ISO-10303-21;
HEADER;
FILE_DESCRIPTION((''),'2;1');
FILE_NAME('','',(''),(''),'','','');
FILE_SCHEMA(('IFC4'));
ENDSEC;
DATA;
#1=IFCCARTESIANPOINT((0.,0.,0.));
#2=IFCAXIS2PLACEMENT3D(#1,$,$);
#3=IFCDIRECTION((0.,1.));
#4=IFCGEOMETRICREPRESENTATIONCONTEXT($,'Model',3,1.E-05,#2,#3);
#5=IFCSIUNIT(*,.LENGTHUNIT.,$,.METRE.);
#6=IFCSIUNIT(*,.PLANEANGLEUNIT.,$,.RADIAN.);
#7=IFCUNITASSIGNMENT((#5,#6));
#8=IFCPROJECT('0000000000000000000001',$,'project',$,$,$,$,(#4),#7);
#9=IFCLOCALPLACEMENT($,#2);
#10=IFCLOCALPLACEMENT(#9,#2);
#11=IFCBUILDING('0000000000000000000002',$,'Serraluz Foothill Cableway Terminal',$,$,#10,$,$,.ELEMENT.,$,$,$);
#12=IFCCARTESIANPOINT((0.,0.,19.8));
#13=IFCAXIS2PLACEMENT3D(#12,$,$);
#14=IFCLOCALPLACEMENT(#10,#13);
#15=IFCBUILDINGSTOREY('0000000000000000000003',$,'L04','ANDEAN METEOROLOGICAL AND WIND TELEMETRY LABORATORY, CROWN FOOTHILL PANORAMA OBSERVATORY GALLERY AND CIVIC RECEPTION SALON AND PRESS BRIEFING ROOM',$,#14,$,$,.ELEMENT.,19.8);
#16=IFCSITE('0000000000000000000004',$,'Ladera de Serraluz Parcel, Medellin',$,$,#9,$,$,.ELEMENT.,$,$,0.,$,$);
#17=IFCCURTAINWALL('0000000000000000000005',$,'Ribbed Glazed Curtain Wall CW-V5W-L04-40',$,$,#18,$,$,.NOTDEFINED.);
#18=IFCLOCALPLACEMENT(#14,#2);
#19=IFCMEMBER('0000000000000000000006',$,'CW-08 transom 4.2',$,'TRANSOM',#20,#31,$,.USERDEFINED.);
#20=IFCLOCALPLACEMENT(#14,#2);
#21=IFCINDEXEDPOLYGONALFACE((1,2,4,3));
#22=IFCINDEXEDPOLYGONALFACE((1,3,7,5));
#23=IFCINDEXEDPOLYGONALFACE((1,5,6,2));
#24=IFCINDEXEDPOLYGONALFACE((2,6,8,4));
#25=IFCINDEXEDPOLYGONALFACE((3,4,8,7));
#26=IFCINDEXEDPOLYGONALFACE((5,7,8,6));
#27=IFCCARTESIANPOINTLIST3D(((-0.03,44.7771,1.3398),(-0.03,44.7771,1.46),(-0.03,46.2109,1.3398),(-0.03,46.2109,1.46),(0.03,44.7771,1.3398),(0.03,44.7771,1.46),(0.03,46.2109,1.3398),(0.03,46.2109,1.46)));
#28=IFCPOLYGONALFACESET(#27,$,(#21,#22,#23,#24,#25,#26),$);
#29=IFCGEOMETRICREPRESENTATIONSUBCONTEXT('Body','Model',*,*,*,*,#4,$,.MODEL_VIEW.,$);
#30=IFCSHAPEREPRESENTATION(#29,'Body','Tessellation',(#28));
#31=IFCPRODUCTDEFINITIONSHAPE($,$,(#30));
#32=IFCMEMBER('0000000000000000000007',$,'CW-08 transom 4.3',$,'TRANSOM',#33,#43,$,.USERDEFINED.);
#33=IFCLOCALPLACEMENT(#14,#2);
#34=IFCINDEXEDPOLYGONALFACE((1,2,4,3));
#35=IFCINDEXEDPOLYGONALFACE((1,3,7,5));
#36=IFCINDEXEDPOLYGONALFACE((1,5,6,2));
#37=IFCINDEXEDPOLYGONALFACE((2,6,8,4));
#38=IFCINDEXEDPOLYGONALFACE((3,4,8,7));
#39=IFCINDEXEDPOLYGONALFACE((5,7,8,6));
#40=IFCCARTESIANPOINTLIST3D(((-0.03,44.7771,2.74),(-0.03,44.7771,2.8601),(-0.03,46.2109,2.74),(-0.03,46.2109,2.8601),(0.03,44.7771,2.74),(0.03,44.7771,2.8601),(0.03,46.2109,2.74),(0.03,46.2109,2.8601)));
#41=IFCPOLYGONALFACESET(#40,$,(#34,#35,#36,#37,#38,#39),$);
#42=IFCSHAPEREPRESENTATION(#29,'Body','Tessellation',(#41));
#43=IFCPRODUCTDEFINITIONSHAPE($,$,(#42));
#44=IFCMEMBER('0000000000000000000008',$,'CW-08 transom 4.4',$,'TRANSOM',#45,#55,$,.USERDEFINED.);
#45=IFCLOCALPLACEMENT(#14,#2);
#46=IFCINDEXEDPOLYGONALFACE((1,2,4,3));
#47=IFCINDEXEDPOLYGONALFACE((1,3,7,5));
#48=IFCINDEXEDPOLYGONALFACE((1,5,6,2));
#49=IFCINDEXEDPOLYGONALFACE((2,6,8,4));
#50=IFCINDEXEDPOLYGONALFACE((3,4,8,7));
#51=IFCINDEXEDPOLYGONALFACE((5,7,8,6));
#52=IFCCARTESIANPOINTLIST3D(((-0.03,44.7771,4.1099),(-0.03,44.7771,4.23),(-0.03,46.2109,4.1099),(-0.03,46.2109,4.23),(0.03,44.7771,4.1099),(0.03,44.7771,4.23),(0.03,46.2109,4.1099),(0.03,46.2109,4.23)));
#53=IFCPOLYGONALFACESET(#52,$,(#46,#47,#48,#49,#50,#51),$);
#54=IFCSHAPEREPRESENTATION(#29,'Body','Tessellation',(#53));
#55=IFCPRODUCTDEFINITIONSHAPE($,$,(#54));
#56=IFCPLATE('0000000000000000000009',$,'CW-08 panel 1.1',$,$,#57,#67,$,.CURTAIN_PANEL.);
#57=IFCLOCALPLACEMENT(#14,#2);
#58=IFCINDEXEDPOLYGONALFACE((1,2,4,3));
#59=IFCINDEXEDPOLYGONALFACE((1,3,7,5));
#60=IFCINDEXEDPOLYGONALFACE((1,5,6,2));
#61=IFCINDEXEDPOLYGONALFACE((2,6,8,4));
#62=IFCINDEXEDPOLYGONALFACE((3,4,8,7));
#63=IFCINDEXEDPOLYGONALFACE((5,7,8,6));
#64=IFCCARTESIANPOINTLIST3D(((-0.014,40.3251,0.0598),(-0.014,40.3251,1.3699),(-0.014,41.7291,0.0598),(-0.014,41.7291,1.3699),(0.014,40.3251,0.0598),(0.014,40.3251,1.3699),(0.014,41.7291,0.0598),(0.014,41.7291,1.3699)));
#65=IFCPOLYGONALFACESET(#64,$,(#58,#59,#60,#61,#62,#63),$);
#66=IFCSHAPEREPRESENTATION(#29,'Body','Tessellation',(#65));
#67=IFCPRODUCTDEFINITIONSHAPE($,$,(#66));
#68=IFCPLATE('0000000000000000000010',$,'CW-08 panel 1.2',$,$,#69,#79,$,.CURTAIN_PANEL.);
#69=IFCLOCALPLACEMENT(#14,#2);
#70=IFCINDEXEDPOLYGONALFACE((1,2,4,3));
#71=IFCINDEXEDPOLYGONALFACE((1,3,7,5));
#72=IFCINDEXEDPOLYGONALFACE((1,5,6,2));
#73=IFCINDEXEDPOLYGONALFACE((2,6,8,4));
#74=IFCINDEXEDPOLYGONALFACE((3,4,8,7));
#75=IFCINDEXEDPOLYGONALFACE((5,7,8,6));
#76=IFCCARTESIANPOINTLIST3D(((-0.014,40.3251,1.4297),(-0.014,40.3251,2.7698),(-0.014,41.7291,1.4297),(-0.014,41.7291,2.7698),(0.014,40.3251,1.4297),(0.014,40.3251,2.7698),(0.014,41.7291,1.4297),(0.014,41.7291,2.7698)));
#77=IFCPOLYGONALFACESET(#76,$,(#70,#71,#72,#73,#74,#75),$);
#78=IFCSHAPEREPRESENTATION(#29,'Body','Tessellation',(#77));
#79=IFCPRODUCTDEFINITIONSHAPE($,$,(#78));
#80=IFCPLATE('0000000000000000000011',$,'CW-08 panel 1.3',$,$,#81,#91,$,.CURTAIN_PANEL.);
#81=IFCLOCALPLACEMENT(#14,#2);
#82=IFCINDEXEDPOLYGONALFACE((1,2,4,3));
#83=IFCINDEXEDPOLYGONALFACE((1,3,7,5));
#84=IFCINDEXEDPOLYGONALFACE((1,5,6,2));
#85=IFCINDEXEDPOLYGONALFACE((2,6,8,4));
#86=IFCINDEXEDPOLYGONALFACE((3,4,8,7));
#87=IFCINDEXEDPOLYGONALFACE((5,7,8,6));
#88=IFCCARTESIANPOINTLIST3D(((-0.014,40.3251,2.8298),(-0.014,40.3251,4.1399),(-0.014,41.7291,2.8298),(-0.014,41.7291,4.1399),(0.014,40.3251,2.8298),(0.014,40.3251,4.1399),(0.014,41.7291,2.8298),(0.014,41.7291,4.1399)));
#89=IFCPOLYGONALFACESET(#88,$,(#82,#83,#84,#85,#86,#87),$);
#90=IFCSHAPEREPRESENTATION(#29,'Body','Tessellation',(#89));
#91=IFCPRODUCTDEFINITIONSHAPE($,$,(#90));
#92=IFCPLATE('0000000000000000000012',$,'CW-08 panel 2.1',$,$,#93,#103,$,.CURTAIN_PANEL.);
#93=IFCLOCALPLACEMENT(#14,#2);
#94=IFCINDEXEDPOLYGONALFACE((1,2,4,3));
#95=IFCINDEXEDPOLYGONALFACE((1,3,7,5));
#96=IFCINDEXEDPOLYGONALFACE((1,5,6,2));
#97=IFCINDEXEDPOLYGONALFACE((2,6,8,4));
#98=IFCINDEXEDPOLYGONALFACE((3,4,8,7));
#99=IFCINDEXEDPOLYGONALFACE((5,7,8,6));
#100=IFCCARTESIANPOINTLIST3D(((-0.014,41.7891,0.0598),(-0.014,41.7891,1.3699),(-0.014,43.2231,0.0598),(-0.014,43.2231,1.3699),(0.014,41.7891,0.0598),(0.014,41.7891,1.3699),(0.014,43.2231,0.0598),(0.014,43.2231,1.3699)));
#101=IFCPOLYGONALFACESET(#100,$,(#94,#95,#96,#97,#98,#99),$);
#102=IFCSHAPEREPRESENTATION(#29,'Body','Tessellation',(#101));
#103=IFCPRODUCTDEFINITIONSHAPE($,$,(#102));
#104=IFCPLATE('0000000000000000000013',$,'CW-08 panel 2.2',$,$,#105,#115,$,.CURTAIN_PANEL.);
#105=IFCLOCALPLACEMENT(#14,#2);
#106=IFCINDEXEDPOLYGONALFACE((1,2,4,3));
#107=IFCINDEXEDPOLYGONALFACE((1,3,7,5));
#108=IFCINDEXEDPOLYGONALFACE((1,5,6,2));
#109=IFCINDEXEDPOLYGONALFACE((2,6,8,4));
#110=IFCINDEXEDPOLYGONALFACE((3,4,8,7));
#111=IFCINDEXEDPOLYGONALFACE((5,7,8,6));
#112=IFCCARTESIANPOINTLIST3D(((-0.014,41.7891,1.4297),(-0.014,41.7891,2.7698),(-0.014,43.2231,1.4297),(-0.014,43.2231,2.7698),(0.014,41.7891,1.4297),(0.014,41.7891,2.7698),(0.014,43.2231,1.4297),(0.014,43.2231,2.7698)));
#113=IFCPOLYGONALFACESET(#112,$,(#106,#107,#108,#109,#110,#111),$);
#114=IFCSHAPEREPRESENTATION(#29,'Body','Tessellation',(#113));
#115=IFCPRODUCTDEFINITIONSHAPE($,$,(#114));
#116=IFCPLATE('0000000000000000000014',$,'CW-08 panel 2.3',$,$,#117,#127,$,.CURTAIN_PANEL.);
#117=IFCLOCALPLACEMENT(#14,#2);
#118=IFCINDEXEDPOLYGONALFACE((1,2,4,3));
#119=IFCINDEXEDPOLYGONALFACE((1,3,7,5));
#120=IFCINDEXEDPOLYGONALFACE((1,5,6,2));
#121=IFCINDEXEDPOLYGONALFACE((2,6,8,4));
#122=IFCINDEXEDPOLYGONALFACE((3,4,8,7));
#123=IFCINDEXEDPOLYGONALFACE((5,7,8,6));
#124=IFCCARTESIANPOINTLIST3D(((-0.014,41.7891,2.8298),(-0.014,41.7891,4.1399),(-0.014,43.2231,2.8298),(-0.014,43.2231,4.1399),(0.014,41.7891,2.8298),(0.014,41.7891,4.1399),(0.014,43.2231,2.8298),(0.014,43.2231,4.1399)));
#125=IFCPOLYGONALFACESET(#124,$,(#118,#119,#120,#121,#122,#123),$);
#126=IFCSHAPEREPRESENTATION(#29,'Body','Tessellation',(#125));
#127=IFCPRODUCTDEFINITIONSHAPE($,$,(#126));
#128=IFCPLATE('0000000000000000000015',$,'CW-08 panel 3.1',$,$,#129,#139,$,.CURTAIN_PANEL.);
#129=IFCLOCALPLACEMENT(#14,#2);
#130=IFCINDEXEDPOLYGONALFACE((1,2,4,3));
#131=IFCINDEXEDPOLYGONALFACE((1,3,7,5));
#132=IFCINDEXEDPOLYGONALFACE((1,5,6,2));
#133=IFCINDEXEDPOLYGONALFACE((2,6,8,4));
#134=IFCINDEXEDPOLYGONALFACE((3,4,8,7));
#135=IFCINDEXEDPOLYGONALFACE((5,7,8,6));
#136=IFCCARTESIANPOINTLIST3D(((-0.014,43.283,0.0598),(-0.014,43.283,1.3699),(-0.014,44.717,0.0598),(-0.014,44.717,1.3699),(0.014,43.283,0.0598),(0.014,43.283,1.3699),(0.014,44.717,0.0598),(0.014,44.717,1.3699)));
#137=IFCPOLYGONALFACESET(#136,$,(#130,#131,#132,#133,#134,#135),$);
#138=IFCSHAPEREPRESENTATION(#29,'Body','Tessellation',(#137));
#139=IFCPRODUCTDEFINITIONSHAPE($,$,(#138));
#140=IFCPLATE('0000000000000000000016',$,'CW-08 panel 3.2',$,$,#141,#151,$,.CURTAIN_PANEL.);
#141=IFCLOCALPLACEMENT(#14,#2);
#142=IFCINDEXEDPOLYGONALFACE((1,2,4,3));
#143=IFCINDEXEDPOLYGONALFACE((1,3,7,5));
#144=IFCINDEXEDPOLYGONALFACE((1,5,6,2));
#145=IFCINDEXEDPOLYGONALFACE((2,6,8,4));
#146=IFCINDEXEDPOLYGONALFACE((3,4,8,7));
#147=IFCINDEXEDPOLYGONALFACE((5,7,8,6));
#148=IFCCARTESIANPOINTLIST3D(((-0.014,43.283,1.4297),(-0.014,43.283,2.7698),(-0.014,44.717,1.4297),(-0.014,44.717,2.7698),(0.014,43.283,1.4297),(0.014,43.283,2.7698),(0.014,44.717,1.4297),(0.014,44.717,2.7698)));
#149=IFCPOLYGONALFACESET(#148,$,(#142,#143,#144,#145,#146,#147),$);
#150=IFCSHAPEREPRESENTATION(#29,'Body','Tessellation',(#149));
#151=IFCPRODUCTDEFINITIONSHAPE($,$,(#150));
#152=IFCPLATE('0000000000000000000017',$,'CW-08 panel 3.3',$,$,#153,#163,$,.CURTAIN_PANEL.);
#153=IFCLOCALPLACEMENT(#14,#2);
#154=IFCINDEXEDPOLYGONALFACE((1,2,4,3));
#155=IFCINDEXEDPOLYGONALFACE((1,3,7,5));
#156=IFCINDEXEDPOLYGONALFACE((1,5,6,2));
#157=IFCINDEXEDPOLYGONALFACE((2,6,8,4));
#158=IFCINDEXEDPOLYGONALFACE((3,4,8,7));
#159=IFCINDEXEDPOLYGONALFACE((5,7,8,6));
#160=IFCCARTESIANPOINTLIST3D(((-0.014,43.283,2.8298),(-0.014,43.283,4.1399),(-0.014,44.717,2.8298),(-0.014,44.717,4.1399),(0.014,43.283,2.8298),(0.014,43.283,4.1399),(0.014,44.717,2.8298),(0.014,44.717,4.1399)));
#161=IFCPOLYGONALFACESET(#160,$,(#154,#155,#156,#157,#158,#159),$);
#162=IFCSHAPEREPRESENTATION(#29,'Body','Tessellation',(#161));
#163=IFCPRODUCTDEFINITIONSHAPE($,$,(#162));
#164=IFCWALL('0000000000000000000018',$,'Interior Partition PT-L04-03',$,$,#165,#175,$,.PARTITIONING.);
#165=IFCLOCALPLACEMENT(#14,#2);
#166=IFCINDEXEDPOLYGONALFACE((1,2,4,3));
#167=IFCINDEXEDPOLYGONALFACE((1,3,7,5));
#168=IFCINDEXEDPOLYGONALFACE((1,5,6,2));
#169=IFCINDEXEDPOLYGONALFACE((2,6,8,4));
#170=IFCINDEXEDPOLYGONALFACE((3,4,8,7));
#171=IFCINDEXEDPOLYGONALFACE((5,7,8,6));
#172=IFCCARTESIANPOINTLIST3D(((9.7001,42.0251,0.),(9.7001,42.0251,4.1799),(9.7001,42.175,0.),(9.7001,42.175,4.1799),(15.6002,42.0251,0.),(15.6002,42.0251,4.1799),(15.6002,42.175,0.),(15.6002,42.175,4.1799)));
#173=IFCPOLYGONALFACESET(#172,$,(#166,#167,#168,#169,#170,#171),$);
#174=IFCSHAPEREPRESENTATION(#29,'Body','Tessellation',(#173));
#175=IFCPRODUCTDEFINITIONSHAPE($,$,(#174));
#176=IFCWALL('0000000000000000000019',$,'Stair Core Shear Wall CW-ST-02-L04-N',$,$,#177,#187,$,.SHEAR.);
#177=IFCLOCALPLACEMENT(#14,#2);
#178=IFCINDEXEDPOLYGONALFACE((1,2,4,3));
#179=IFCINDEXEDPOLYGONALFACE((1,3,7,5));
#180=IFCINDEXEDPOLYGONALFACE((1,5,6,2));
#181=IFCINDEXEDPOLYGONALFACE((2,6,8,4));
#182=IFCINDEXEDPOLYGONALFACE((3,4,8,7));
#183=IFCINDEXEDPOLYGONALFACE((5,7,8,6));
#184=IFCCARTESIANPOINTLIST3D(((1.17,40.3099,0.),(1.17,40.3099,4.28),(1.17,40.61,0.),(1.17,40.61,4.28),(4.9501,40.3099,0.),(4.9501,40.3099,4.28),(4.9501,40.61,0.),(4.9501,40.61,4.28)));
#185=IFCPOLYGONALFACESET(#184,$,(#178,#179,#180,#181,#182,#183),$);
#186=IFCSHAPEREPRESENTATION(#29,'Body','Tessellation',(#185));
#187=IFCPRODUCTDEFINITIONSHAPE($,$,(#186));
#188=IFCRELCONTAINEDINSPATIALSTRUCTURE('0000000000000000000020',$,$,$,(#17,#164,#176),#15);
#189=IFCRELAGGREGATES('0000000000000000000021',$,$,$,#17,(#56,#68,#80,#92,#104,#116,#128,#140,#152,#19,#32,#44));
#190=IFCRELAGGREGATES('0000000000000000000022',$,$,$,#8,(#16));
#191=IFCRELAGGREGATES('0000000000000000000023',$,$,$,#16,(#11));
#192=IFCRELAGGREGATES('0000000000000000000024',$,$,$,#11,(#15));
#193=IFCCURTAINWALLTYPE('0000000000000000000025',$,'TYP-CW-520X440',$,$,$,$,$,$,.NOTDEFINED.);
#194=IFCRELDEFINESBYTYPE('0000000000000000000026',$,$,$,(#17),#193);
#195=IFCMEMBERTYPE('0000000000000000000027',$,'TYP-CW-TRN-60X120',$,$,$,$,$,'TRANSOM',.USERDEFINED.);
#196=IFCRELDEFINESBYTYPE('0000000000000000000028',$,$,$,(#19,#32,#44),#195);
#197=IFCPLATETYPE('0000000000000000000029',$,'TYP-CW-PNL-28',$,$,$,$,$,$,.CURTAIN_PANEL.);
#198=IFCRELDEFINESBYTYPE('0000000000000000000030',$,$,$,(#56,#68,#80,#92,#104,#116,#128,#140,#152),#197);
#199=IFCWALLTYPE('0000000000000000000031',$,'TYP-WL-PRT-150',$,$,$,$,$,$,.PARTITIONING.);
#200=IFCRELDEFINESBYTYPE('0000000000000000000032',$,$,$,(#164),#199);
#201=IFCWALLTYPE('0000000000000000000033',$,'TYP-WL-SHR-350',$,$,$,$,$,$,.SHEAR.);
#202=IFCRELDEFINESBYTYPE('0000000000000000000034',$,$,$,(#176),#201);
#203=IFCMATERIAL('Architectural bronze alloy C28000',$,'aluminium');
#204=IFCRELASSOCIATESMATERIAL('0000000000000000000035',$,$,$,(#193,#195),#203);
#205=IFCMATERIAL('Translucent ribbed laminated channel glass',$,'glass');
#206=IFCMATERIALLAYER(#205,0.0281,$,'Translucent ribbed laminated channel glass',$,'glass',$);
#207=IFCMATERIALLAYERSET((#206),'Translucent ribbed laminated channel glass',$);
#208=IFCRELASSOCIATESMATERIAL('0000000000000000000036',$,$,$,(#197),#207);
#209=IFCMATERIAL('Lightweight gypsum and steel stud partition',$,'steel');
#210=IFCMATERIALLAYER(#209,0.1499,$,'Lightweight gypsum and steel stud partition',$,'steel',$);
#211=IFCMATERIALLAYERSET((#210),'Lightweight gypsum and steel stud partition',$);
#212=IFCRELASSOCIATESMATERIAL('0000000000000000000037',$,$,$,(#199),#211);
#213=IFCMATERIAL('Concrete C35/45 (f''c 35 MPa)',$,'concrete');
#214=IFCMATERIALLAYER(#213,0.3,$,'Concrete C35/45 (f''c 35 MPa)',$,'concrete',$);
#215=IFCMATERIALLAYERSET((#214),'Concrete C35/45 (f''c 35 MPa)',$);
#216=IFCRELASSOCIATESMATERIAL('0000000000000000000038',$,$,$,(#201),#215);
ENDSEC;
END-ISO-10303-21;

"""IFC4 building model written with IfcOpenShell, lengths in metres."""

from ifc_helpers import new_model, si_unit, direction, frame, frame_2d, origin, origin_2d, place, context, subcontext, project, spatial, rectangle, extrude, material, layer, layer_set, material_profile, profile_set, type_object, element, aggregate, save


model = new_model("IFC4")

# Units and contexts
model_context = context("Model", 3, precision=1e-05, world=origin(), true_north=direction((0.0, 1.0)))
body_context = subcontext(model_context, "Body", "Model", "MODEL_VIEW")
ifc_project = project(units=[si_unit("LENGTHUNIT", "METRE"), si_unit("PLANEANGLEUNIT", "RADIAN")], contexts=[model_context])

# Site, building, storey
site_placement = place(None, origin())
site = spatial("IfcSite", under=ifc_project, at=site_placement, Name="Ladera de Serraluz Parcel, Medellin", CompositionType="ELEMENT", RefElevation=0.0)
building_placement = place(site_placement, origin())
building = spatial("IfcBuilding", under=site, at=building_placement, Name="Serraluz Foothill Cableway Terminal", CompositionType="ELEMENT")
storey_placement = place(building_placement, frame((0.0, 0.0, 19.8)))
storey = spatial("IfcBuildingStorey", under=building, at=storey_placement, Name="L04", Description="ANDEAN METEOROLOGICAL AND WIND TELEMETRY LABORATORY, CROWN FOOTHILL PANORAMA OBSERVATORY GALLERY AND CIVIC RECEPTION SALON AND PRESS BRIEFING ROOM", CompositionType="ELEMENT", Elevation=19.8)

# Curtain wall, members, plates
ifc_material_1 = material(Name="Architectural bronze alloy C28000", Category="aluminium")
curtain_wall_type = type_object("IfcCurtainWallType", Name="TYP-CW-520X440", PredefinedType="NOTDEFINED", material=ifc_material_1)
curtain_wall_placement = place(storey_placement, origin())
curtain_wall = element("IfcCurtainWall", 1, at=curtain_wall_placement, inside=storey, type_object=curtain_wall_type, Name="Ribbed Glazed Curtain Wall CW-V5W-L04-40", PredefinedType="NOTDEFINED")
ifc_material_profile_1 = material_profile(ifc_material_1, rectangle(XDim=0.0601, YDim=0.1201, at=origin_2d()), Name="ALU TRANSOM 60x120")
ifc_profile_set_1 = profile_set([ifc_material_profile_1], Name="Architectural bronze alloy C28000")
member_type_1 = type_object("IfcMemberType", Name="TYP-CW-TRN-60X120", ElementType="TRANSOM", PredefinedType="USERDEFINED", material=ifc_profile_set_1)
member_1_placement = place(storey_placement, frame((0.0, 44.7771, 1.3999), z_axis=(0.0, 1.0, 0.0), x_axis=(-1.0, 0.0, 0.0)))
member_1 = element("IfcMember", 2, at=member_1_placement, type_object=member_type_1, Name="CW-08 transom 4.2", ObjectType="TRANSOM", PredefinedType="USERDEFINED", context=body_context, shape_type="SweptSolid", body=[
    extrude(rectangle(XDim=0.0601, YDim=0.1201, at=origin_2d()), origin(), (0.0, 0.0, 1.0), 1.4338),
])
member_2_placement = place(storey_placement, frame((0.0, 44.7771, 2.8), z_axis=(0.0, 1.0, 0.0), x_axis=(-1.0, 0.0, 0.0)))
member_2 = element("IfcMember", 3, at=member_2_placement, type_object=member_type_1, Name="CW-08 transom 4.3", ObjectType="TRANSOM", PredefinedType="USERDEFINED", context=body_context, shape_type="SweptSolid", body=[
    extrude(rectangle(XDim=0.0601, YDim=0.1201, at=origin_2d()), origin(), (0.0, 0.0, 1.0), 1.4338),
])
member_3_placement = place(storey_placement, frame((0.0, 44.7771, 4.1699), z_axis=(0.0, 1.0, 0.0), x_axis=(-1.0, 0.0, 0.0)))
member_3 = element("IfcMember", 4, at=member_3_placement, type_object=member_type_1, Name="CW-08 transom 4.4", ObjectType="TRANSOM", PredefinedType="USERDEFINED", context=body_context, shape_type="SweptSolid", body=[
    extrude(rectangle(XDim=0.0601, YDim=0.1201, at=origin_2d()), origin(), (0.0, 0.0, 1.0), 1.4338),
])
ifc_material_2 = material(Name="Translucent ribbed laminated channel glass", Category="glass")
ifc_layer_1 = layer(ifc_material_2, 0.0281, Name="Translucent ribbed laminated channel glass", Category="glass")
ifc_layer_set_1 = layer_set([ifc_layer_1], Name="Translucent ribbed laminated channel glass")
plate_type = type_object("IfcPlateType", Name="TYP-CW-PNL-28", PredefinedType="CURTAIN_PANEL", material=ifc_layer_set_1)
plate_1_placement = place(storey_placement, frame((0.0, 41.0271, 0.0598), z_axis=(0.0, 0.0, 1.0), x_axis=(0.0, 1.0, 0.0)))
plate_1 = element("IfcPlate", 5, at=plate_1_placement, type_object=plate_type, Name="CW-08 panel 1.1", PredefinedType="CURTAIN_PANEL", context=body_context, shape_type="SweptSolid", body=[
    extrude(rectangle(XDim=1.4041, YDim=0.0281, at=origin_2d()), origin(), (0.0, 0.0, 1.0), 1.3101),
])
plate_2_placement = place(storey_placement, frame((0.0, 41.0271, 1.4297), z_axis=(0.0, 0.0, 1.0), x_axis=(0.0, 1.0, 0.0)))
plate_2 = element("IfcPlate", 6, at=plate_2_placement, type_object=plate_type, Name="CW-08 panel 1.2", PredefinedType="CURTAIN_PANEL", context=body_context, shape_type="SweptSolid", body=[
    extrude(rectangle(XDim=1.4041, YDim=0.0281, at=origin_2d()), origin(), (0.0, 0.0, 1.0), 1.3401),
])
plate_3_placement = place(storey_placement, frame((0.0, 41.0271, 2.8298), z_axis=(0.0, 0.0, 1.0), x_axis=(0.0, 1.0, 0.0)))
plate_3 = element("IfcPlate", 7, at=plate_3_placement, type_object=plate_type, Name="CW-08 panel 1.3", PredefinedType="CURTAIN_PANEL", context=body_context, shape_type="SweptSolid", body=[
    extrude(rectangle(XDim=1.4041, YDim=0.0281, at=origin_2d()), origin(), (0.0, 0.0, 1.0), 1.3101),
])
plate_4_placement = place(storey_placement, frame((0.0, 42.5061, 0.0598), z_axis=(0.0, 0.0, 1.0), x_axis=(0.0, 1.0, 0.0)))
plate_4 = element("IfcPlate", 8, at=plate_4_placement, type_object=plate_type, Name="CW-08 panel 2.1", PredefinedType="CURTAIN_PANEL", context=body_context, shape_type="SweptSolid", body=[
    extrude(rectangle(XDim=1.4341, YDim=0.0281, at=origin_2d()), origin(), (0.0, 0.0, 1.0), 1.3101),
])
plate_5_placement = place(storey_placement, frame((0.0, 42.5061, 1.4297), z_axis=(0.0, 0.0, 1.0), x_axis=(0.0, 1.0, 0.0)))
plate_5 = element("IfcPlate", 9, at=plate_5_placement, type_object=plate_type, Name="CW-08 panel 2.2", PredefinedType="CURTAIN_PANEL", context=body_context, shape_type="SweptSolid", body=[
    extrude(rectangle(XDim=1.4341, YDim=0.0281, at=origin_2d()), origin(), (0.0, 0.0, 1.0), 1.3401),
])
plate_6_placement = place(storey_placement, frame((0.0, 42.5061, 2.8298), z_axis=(0.0, 0.0, 1.0), x_axis=(0.0, 1.0, 0.0)))
plate_6 = element("IfcPlate", 10, at=plate_6_placement, type_object=plate_type, Name="CW-08 panel 2.3", PredefinedType="CURTAIN_PANEL", context=body_context, shape_type="SweptSolid", body=[
    extrude(rectangle(XDim=1.4341, YDim=0.0281, at=origin_2d()), origin(), (0.0, 0.0, 1.0), 1.3101),
])
plate_7_placement = place(storey_placement, frame((0.0, 44.0, 0.0598), z_axis=(0.0, 0.0, 1.0), x_axis=(0.0, 1.0, 0.0)))
plate_7 = element("IfcPlate", 11, at=plate_7_placement, type_object=plate_type, Name="CW-08 panel 3.1", PredefinedType="CURTAIN_PANEL", context=body_context, shape_type="SweptSolid", body=[
    extrude(rectangle(XDim=1.4341, YDim=0.0281, at=origin_2d()), origin(), (0.0, 0.0, 1.0), 1.3101),
])
plate_8_placement = place(storey_placement, frame((0.0, 44.0, 1.4297), z_axis=(0.0, 0.0, 1.0), x_axis=(0.0, 1.0, 0.0)))
plate_8 = element("IfcPlate", 12, at=plate_8_placement, type_object=plate_type, Name="CW-08 panel 3.2", PredefinedType="CURTAIN_PANEL", context=body_context, shape_type="SweptSolid", body=[
    extrude(rectangle(XDim=1.4341, YDim=0.0281, at=origin_2d()), origin(), (0.0, 0.0, 1.0), 1.3401),
])
plate_9_placement = place(storey_placement, frame((0.0, 44.0, 2.8298), z_axis=(0.0, 0.0, 1.0), x_axis=(0.0, 1.0, 0.0)))
plate_9 = element("IfcPlate", 13, at=plate_9_placement, type_object=plate_type, Name="CW-08 panel 3.3", PredefinedType="CURTAIN_PANEL", context=body_context, shape_type="SweptSolid", body=[
    extrude(rectangle(XDim=1.4341, YDim=0.0281, at=origin_2d()), origin(), (0.0, 0.0, 1.0), 1.3101),
])
aggregate(curtain_wall, [plate_1, plate_2, plate_3, plate_4, plate_5, plate_6, plate_7, plate_8, plate_9, member_1, member_2, member_3])

# Walls
ifc_material_3 = material(Name="Lightweight gypsum and steel stud partition", Category="steel")
ifc_layer_2 = layer(ifc_material_3, 0.1499, Name="Lightweight gypsum and steel stud partition", Category="steel")
ifc_layer_set_2 = layer_set([ifc_layer_2], Name="Lightweight gypsum and steel stud partition")
wall_type_1 = type_object("IfcWallType", Name="TYP-WL-PRT-150", PredefinedType="PARTITIONING", material=ifc_layer_set_2)
wall_1_placement = place(storey_placement, frame((9.7, 42.1001, 0.0), z_axis=(0.0, 0.0, 1.0), x_axis=(1.0, 0.0, 0.0)))
element("IfcWall", 14, at=wall_1_placement, inside=storey, type_object=wall_type_1, Name="Interior Partition PT-L04-03", PredefinedType="PARTITIONING", context=body_context, shape_type="SweptSolid", body=[
    extrude(rectangle(XDim=5.9001, YDim=0.1499, at=frame_2d((2.9502, 0.0))), origin(), (0.0, 0.0, 1.0), 4.1799),
])
ifc_material_4 = material(Name="Concrete C35/45 (f'c 35 MPa)", Category="concrete")
ifc_layer_3 = layer(ifc_material_4, 0.3, Name="Concrete C35/45 (f'c 35 MPa)", Category="concrete")
ifc_layer_set_3 = layer_set([ifc_layer_3], Name="Concrete C35/45 (f'c 35 MPa)")
wall_type_2 = type_object("IfcWallType", Name="TYP-WL-SHR-350", PredefinedType="SHEAR", material=ifc_layer_set_3)
wall_2_placement = place(storey_placement, frame((1.1699, 40.46, 0.0), z_axis=(0.0, 0.0, 1.0), x_axis=(1.0, 0.0, 0.0)))
element("IfcWall", 15, at=wall_2_placement, inside=storey, type_object=wall_type_2, Name="Stair Core Shear Wall CW-ST-02-L04-N", PredefinedType="SHEAR", context=body_context, shape_type="SweptSolid", body=[
    extrude(rectangle(XDim=3.78, YDim=0.3, at=frame_2d((1.8901, 0.0))), origin(), (0.0, 0.0, 1.0), 4.28),
])

save(model, "model.ifc")
